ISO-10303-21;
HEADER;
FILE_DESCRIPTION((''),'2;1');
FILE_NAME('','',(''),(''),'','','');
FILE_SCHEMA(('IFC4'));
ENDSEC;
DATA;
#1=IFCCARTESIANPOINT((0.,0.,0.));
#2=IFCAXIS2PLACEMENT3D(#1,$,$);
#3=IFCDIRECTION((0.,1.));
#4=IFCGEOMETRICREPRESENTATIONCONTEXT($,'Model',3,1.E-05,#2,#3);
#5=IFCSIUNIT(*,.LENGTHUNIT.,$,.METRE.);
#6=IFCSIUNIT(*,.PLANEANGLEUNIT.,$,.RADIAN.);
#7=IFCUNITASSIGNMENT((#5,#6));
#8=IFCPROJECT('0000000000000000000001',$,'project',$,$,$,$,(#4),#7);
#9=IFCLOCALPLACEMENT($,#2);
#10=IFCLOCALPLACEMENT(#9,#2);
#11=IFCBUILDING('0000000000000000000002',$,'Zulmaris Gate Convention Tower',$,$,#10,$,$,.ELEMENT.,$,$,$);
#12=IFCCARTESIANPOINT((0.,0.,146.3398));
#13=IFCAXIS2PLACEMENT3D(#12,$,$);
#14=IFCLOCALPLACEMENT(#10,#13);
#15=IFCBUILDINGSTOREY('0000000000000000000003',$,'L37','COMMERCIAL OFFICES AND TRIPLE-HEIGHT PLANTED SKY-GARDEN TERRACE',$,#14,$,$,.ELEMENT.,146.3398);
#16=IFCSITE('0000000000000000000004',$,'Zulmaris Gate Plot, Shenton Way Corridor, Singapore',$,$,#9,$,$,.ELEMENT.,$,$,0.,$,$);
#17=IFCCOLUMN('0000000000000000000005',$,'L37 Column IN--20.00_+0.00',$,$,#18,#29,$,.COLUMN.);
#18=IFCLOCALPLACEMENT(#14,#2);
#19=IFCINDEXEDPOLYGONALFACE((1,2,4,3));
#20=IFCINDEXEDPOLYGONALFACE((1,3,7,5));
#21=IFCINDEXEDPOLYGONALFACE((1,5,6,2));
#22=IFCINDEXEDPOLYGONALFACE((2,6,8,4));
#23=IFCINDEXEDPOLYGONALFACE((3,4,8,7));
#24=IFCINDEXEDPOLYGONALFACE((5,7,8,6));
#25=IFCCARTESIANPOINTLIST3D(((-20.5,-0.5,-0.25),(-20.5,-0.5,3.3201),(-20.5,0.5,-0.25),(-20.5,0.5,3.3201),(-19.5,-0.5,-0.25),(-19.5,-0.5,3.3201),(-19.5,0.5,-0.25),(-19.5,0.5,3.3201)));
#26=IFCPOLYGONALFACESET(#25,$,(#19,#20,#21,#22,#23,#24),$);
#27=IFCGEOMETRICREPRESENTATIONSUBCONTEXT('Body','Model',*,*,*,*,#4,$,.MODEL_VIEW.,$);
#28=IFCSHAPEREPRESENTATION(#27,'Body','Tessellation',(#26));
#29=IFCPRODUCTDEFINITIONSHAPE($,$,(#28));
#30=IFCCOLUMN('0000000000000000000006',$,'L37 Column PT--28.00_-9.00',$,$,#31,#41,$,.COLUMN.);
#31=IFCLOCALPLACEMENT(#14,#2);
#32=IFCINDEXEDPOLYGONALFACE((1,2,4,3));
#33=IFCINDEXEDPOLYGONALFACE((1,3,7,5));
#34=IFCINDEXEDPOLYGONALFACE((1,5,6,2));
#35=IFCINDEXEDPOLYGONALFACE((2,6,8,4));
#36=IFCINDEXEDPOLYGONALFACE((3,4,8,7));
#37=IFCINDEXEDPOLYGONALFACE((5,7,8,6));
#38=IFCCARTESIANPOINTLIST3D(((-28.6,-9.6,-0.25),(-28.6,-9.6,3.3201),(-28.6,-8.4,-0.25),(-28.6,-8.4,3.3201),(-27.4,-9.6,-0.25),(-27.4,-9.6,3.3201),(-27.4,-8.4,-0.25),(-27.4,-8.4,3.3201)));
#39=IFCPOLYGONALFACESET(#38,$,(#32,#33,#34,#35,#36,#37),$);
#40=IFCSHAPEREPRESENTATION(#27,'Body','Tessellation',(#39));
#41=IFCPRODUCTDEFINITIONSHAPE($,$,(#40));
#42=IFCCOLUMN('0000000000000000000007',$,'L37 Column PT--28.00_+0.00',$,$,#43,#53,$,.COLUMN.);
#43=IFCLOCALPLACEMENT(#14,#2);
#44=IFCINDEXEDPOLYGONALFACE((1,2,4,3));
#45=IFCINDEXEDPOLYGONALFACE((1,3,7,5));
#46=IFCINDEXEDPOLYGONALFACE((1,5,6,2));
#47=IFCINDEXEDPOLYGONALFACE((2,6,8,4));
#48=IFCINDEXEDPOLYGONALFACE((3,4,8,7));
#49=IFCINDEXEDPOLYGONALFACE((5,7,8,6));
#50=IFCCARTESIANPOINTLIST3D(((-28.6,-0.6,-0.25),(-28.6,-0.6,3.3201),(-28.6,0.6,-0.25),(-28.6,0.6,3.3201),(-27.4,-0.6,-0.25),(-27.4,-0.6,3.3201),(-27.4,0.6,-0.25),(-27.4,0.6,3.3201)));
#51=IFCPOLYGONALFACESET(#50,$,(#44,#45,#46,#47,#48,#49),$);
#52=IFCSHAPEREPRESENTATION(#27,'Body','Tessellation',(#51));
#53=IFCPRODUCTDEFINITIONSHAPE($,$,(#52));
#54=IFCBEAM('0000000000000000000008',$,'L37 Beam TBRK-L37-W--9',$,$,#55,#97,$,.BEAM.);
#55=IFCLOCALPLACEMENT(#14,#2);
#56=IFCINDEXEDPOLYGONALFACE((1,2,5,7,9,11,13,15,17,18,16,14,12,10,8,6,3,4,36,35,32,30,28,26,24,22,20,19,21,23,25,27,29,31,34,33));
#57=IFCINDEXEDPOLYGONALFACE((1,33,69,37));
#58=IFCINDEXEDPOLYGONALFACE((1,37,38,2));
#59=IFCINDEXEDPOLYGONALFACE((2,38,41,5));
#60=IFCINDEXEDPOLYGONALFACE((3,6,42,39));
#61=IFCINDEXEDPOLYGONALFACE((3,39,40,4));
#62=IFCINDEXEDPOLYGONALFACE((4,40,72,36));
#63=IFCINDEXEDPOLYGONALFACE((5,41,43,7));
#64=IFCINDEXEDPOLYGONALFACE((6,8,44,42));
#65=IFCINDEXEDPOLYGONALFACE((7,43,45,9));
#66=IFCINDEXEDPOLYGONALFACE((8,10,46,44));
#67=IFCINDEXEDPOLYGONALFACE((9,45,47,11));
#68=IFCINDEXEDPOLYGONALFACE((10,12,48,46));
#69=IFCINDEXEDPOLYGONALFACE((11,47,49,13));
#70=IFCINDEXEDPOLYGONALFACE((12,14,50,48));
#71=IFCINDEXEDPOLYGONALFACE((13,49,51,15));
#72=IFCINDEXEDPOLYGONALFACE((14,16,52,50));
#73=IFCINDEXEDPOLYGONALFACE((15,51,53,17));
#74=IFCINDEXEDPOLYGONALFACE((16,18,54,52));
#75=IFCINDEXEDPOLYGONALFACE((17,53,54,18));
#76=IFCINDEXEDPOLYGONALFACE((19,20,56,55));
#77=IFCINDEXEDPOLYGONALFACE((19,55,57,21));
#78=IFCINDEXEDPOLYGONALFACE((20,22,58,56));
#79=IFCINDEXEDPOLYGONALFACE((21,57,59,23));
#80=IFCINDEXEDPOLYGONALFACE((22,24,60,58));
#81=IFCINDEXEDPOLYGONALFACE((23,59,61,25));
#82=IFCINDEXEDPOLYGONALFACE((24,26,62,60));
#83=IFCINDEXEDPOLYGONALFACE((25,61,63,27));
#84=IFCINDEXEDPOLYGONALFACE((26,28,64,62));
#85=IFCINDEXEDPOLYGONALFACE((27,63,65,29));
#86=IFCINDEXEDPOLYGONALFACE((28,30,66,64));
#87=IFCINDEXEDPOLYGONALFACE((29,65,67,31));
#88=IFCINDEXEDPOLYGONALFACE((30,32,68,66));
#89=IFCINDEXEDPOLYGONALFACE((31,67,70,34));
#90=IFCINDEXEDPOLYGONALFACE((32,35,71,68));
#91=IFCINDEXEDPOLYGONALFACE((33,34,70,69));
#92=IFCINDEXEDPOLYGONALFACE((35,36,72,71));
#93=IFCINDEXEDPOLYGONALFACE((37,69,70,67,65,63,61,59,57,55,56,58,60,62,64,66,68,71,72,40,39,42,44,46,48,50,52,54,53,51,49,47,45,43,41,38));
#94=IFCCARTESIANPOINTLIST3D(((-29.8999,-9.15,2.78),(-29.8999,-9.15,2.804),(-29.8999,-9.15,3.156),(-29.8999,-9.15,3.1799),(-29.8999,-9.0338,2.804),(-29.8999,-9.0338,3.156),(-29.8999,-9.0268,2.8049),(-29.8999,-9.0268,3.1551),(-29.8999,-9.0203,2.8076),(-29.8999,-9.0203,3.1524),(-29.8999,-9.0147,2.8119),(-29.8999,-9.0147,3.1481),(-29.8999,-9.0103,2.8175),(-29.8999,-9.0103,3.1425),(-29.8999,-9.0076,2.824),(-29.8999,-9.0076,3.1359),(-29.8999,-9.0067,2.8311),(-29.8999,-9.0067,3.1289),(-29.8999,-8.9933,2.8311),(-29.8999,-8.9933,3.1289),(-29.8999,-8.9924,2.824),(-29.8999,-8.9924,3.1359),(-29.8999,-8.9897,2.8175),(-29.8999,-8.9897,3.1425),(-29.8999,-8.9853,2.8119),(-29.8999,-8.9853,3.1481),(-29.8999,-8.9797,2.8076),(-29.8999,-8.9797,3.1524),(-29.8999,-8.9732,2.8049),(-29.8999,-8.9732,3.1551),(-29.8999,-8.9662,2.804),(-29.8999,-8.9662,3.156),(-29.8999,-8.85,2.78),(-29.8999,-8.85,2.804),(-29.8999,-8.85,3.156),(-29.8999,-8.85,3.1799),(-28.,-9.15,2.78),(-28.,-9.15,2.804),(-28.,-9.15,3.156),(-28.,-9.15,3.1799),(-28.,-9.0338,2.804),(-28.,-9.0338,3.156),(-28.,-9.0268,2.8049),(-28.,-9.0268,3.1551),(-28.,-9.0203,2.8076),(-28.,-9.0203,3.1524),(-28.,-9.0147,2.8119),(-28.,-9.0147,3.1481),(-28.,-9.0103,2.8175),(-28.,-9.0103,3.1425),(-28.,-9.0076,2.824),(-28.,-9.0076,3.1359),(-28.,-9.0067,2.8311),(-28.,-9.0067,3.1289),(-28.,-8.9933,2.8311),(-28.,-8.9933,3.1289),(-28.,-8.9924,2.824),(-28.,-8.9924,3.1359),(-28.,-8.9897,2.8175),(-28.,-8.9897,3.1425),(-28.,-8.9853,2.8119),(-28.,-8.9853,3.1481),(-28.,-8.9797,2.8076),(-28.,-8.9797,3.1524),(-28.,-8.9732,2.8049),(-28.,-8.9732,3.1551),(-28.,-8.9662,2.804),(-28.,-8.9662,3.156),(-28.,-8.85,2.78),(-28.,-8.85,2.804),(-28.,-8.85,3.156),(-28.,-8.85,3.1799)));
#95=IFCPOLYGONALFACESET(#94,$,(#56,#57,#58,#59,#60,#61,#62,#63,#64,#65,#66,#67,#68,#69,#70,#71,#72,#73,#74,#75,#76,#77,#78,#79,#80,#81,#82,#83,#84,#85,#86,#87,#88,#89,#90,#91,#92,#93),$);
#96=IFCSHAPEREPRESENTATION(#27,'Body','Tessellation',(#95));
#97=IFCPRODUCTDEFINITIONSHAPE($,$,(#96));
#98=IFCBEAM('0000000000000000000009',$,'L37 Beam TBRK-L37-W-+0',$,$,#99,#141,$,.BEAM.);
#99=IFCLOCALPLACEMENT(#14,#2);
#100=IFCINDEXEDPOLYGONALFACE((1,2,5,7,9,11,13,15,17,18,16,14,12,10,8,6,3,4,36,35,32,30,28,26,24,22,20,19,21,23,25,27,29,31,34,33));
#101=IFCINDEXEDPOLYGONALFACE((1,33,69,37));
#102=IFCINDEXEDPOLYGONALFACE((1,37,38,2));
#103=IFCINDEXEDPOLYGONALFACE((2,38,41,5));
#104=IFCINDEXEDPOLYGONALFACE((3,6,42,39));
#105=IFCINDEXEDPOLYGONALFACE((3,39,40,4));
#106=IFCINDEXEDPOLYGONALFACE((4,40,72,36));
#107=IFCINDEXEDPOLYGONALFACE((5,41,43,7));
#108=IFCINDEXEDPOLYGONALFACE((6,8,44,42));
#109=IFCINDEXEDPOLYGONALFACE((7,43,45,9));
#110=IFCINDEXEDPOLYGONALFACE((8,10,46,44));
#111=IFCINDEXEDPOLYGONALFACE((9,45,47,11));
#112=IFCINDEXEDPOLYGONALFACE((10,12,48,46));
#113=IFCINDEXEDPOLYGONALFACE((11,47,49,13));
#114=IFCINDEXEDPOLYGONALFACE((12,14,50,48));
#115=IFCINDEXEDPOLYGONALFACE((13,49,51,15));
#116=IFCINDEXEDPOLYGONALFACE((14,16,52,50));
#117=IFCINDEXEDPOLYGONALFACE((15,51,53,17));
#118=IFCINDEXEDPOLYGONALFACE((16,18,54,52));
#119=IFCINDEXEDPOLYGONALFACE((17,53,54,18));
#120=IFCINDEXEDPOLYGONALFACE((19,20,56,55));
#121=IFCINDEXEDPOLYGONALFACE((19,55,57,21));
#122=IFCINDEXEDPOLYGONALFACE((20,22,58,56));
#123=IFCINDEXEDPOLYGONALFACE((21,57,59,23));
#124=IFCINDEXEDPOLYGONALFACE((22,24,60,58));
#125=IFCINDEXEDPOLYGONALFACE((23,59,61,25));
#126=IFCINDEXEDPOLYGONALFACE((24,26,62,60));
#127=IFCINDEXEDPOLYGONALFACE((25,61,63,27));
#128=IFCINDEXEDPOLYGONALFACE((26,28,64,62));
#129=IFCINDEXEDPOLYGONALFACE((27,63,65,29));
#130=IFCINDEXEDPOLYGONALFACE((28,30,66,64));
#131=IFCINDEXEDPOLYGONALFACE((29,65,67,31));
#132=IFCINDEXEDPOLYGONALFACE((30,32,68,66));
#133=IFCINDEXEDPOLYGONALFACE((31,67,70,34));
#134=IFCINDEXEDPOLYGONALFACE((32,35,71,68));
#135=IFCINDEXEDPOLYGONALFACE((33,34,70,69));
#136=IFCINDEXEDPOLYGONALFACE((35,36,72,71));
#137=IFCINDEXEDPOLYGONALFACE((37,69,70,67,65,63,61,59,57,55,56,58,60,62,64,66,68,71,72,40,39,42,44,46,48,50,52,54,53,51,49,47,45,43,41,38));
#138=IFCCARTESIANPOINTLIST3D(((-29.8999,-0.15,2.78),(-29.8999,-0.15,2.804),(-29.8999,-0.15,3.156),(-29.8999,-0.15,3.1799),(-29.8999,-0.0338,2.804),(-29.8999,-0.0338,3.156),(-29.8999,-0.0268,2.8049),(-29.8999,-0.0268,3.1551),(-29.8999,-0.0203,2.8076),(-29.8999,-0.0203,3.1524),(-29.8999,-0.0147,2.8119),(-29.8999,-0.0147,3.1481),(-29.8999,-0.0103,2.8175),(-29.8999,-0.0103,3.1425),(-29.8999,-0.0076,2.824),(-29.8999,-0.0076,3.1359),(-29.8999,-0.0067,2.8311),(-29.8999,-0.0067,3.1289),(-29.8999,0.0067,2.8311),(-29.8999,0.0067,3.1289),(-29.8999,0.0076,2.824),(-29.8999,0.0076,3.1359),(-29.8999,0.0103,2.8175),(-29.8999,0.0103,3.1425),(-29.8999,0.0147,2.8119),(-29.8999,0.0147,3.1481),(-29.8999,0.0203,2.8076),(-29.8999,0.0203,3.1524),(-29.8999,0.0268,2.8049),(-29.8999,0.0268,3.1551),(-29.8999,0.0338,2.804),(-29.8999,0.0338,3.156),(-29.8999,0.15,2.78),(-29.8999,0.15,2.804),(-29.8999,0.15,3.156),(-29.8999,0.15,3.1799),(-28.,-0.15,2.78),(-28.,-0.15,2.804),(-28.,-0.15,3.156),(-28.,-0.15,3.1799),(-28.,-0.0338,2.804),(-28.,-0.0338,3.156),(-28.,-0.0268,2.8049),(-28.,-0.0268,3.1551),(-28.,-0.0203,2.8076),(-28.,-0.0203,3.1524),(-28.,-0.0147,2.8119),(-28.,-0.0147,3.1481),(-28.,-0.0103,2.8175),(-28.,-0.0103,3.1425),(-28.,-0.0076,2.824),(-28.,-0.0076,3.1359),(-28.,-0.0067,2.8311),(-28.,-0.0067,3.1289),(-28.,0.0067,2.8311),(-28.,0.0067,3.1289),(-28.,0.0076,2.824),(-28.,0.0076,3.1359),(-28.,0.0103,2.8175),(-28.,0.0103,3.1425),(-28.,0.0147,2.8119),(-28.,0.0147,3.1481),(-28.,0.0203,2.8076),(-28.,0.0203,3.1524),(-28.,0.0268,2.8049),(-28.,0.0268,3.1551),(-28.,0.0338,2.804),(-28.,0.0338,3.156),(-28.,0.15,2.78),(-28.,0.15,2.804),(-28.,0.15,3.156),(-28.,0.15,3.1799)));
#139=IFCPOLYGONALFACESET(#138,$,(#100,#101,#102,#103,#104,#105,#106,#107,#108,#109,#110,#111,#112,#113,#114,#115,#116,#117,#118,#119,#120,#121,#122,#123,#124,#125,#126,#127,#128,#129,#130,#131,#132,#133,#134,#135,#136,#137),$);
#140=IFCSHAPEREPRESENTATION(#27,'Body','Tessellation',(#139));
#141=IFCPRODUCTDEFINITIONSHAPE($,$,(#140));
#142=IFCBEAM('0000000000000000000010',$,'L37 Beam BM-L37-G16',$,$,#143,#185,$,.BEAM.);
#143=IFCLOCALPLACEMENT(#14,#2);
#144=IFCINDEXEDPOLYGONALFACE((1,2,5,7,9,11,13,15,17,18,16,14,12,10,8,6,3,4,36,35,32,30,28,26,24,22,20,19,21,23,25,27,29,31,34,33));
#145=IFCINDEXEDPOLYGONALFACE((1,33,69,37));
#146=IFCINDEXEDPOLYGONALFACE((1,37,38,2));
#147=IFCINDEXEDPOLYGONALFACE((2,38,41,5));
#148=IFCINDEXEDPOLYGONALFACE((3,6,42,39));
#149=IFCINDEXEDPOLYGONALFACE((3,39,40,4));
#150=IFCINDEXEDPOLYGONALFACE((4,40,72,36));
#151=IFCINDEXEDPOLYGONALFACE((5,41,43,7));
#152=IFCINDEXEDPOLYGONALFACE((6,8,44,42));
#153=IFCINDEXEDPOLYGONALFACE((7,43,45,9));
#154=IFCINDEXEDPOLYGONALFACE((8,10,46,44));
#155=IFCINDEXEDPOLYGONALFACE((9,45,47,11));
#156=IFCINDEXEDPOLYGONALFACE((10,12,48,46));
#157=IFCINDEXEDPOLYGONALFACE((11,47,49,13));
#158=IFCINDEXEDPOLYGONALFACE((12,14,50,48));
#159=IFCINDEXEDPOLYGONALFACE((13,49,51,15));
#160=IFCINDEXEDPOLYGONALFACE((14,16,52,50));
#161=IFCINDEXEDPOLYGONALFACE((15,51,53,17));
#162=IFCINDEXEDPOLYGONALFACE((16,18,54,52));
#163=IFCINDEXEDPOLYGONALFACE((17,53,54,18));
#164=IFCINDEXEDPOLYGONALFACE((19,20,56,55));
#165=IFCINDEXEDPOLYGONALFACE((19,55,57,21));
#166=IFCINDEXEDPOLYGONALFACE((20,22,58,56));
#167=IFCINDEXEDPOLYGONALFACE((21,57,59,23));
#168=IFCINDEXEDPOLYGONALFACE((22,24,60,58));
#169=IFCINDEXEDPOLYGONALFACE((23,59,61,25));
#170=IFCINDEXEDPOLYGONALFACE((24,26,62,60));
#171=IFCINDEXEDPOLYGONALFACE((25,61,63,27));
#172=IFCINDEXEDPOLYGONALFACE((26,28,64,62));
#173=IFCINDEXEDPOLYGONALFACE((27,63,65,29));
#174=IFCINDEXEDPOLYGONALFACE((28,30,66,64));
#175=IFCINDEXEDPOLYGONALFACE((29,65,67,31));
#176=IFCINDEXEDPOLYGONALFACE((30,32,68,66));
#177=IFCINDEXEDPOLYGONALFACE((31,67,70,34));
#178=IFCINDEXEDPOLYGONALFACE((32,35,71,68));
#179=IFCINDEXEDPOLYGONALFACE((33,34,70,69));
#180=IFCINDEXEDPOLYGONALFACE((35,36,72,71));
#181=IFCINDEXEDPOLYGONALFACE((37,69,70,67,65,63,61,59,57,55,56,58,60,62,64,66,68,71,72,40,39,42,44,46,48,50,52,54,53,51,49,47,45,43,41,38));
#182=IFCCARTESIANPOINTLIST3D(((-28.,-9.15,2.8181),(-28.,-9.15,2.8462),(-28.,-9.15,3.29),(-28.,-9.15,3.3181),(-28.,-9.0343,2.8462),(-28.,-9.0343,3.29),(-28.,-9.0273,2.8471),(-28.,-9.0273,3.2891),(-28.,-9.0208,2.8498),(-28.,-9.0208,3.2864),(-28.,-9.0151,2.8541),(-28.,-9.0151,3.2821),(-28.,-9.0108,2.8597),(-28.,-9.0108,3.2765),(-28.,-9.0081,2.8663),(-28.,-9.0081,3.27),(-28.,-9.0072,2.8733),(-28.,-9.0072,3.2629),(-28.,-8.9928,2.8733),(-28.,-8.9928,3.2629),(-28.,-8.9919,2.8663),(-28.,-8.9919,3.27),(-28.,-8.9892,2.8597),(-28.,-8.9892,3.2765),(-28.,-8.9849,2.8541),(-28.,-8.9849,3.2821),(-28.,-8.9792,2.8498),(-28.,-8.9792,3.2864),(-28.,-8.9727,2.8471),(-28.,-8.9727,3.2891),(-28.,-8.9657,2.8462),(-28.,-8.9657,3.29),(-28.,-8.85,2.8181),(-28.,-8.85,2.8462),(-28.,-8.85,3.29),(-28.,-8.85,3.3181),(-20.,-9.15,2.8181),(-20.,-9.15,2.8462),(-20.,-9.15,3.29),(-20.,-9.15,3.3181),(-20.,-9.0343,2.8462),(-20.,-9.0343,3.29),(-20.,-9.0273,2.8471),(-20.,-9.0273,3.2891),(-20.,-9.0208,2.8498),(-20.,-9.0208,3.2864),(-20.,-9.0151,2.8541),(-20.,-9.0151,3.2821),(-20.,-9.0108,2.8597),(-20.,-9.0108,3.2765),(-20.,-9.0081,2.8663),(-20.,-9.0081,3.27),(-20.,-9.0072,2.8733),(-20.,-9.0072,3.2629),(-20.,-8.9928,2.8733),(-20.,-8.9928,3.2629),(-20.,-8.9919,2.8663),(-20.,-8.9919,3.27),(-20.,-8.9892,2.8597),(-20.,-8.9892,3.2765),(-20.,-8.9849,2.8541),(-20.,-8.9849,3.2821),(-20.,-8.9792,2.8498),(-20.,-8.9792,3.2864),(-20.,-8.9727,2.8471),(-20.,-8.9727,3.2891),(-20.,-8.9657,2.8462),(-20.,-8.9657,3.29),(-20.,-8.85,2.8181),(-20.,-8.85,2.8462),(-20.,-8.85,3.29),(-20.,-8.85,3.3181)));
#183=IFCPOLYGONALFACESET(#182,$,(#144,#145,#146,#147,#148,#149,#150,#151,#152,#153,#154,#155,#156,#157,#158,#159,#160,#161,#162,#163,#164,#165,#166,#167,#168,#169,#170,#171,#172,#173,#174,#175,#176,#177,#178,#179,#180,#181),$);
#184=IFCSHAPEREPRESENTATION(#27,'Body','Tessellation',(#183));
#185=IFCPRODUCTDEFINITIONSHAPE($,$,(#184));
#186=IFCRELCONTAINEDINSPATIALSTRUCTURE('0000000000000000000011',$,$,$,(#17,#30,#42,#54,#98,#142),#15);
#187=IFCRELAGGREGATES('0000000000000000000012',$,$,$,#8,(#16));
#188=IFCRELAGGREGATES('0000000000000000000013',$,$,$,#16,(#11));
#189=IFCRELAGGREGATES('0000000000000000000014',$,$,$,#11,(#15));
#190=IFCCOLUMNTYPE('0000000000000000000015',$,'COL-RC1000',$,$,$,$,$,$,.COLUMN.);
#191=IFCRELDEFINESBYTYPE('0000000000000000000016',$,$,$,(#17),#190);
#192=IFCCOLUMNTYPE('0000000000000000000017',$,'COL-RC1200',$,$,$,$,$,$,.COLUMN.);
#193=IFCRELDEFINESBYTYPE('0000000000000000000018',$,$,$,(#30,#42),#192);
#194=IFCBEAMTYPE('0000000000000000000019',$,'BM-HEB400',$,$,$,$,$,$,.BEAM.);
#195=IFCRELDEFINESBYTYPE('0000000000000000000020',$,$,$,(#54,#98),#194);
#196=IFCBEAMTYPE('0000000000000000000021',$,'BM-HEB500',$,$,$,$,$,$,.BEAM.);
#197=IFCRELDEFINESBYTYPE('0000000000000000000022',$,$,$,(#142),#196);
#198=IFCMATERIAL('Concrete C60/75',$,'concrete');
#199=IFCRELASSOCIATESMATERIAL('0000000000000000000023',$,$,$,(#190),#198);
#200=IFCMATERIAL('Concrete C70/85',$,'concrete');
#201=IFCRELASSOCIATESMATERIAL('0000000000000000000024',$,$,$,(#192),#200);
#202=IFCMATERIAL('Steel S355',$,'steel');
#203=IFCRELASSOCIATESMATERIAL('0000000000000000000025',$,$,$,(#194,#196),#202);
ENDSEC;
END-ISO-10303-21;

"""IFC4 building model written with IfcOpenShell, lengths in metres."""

from ifc_helpers import new_model, si_unit, direction, frame, origin, origin_2d, place, context, subcontext, project, spatial, rectangle, i_section, extrude, material, material_profile, profile_set, type_object, element, save


model = new_model("IFC4")

# Units and contexts
model_context = context("Model", 3, precision=1e-05, world=origin(), true_north=direction((0.0, 1.0)))
body_context = subcontext(model_context, "Body", "Model", "MODEL_VIEW")
ifc_project = project(units=[si_unit("LENGTHUNIT", "METRE"), si_unit("PLANEANGLEUNIT", "RADIAN")], contexts=[model_context])

# Site, building, storey
site_placement = place(None, origin())
site = spatial("IfcSite", under=ifc_project, at=site_placement, Name="Zulmaris Gate Plot, Shenton Way Corridor, Singapore", CompositionType="ELEMENT", RefElevation=0.0)
building_placement = place(site_placement, origin())
building = spatial("IfcBuilding", under=site, at=building_placement, Name="Zulmaris Gate Convention Tower", CompositionType="ELEMENT")
storey_placement = place(building_placement, frame((0.0, 0.0, 146.3398)))
storey = spatial("IfcBuildingStorey", under=building, at=storey_placement, Name="L37", Description="COMMERCIAL OFFICES AND TRIPLE-HEIGHT PLANTED SKY-GARDEN TERRACE", CompositionType="ELEMENT", Elevation=146.3398)

# Columns
ifc_material_1 = material(Name="Concrete C60/75", Category="concrete")
ifc_material_profile_1 = material_profile(ifc_material_1, rectangle(XDim=1.0, YDim=1.0, at=origin_2d()), Name="RC COL 1000x1000")
ifc_profile_set_1 = profile_set([ifc_material_profile_1], Name="Concrete C60/75")
column_type_1 = type_object("IfcColumnType", Name="COL-RC1000", PredefinedType="COLUMN", material=ifc_profile_set_1)
column_placement = place(storey_placement, frame((-20.0, 0.0, -0.25), z_axis=(0.0, 0.0, 1.0), x_axis=(1.0, 0.0, 0.0)))
element("IfcColumn", 1, at=column_placement, inside=storey, type_object=column_type_1, Name="L37 Column IN--20.00_+0.00", PredefinedType="COLUMN", context=body_context, shape_type="SweptSolid", body=[
    extrude(rectangle(XDim=1.0, YDim=1.0, at=origin_2d()), origin(), (0.0, 0.0, 1.0), 3.5701),
])
ifc_material_2 = material(Name="Concrete C70/85", Category="concrete")
ifc_material_profile_2 = material_profile(ifc_material_2, rectangle(XDim=1.2, YDim=1.2, at=origin_2d()), Name="RC COL 1200x1200")
ifc_profile_set_2 = profile_set([ifc_material_profile_2], Name="Concrete C70/85")
column_type_2 = type_object("IfcColumnType", Name="COL-RC1200", PredefinedType="COLUMN", material=ifc_profile_set_2)
for number, where, z_axis, x_axis, name in (
    (2, (-28.0, -9.0, -0.25), (0.0, 0.0, 1.0), (1.0, 0.0, 0.0), "L37 Column PT--28.00_-9.00"),
    (3, (-28.0, 0.0, -0.25), (0.0, 0.0, 1.0), (1.0, 0.0, 0.0), "L37 Column PT--28.00_+0.00"),
):
    element("IfcColumn", number, at=place(storey_placement, frame(where, z_axis=z_axis, x_axis=x_axis)), inside=storey, type_object=column_type_2, Name=name, PredefinedType="COLUMN", context=body_context, shape_type="SweptSolid", body=[
        extrude(rectangle(XDim=1.2, YDim=1.2, at=origin_2d()), origin(), (0.0, 0.0, 1.0), 3.5701),
    ])

# Beams
ifc_material_3 = material(Name="Steel S355", Category="steel")
ifc_material_profile_3 = material_profile(ifc_material_3, i_section(OverallWidth=0.3, OverallDepth=0.3999, WebThickness=0.0134, FlangeThickness=0.0239, FilletRadius=0.0271, at=origin_2d()), Name="HEB 400")
ifc_profile_set_3 = profile_set([ifc_material_profile_3], Name="Steel S355")
beam_type_1 = type_object("IfcBeamType", Name="BM-HEB400", PredefinedType="BEAM", material=ifc_profile_set_3)
for number, where, z_axis, x_axis, name in (
    (4, (-29.8999, -9.0, 2.98), (1.0, 0.0, 0.0), (0.0, 1.0, 0.0), "L37 Beam TBRK-L37-W--9"),
    (5, (-29.8999, 0.0, 2.98), (1.0, 0.0, 0.0), (0.0, 1.0, 0.0), "L37 Beam TBRK-L37-W-+0"),
):
    element("IfcBeam", number, at=place(storey_placement, frame(where, z_axis=z_axis, x_axis=x_axis)), inside=storey, type_object=beam_type_1, Name=name, PredefinedType="BEAM", context=body_context, shape_type="SweptSolid", body=[
        extrude(i_section(OverallWidth=0.3, OverallDepth=0.3999, WebThickness=0.0134, FlangeThickness=0.0239, FilletRadius=0.0271, at=origin_2d()), origin(), (0.0, 0.0, 1.0), 1.8999),
    ])
ifc_material_profile_4 = material_profile(ifc_material_3, i_section(OverallWidth=0.3, OverallDepth=0.5, WebThickness=0.0144, FlangeThickness=0.0281, FilletRadius=0.0271, at=origin_2d()), Name="HEB 500")
ifc_profile_set_4 = profile_set([ifc_material_profile_4], Name="Steel S355")
beam_type_2 = type_object("IfcBeamType", Name="BM-HEB500", PredefinedType="BEAM", material=ifc_profile_set_4)
for number, where, z_axis, x_axis, name in (
    (6, (-28.0, -9.0, 3.0681), (1.0, 0.0, 0.0), (0.0, 1.0, 0.0), "L37 Beam BM-L37-G16"),
):
    element("IfcBeam", number, at=place(storey_placement, frame(where, z_axis=z_axis, x_axis=x_axis)), inside=storey, type_object=beam_type_2, Name=name, PredefinedType="BEAM", context=body_context, shape_type="SweptSolid", body=[
        extrude(i_section(OverallWidth=0.3, OverallDepth=0.5, WebThickness=0.0144, FlangeThickness=0.0281, FilletRadius=0.0271, at=origin_2d()), origin(), (0.0, 0.0, 1.0), 8.0),
    ])

save(model, "model.ifc")
